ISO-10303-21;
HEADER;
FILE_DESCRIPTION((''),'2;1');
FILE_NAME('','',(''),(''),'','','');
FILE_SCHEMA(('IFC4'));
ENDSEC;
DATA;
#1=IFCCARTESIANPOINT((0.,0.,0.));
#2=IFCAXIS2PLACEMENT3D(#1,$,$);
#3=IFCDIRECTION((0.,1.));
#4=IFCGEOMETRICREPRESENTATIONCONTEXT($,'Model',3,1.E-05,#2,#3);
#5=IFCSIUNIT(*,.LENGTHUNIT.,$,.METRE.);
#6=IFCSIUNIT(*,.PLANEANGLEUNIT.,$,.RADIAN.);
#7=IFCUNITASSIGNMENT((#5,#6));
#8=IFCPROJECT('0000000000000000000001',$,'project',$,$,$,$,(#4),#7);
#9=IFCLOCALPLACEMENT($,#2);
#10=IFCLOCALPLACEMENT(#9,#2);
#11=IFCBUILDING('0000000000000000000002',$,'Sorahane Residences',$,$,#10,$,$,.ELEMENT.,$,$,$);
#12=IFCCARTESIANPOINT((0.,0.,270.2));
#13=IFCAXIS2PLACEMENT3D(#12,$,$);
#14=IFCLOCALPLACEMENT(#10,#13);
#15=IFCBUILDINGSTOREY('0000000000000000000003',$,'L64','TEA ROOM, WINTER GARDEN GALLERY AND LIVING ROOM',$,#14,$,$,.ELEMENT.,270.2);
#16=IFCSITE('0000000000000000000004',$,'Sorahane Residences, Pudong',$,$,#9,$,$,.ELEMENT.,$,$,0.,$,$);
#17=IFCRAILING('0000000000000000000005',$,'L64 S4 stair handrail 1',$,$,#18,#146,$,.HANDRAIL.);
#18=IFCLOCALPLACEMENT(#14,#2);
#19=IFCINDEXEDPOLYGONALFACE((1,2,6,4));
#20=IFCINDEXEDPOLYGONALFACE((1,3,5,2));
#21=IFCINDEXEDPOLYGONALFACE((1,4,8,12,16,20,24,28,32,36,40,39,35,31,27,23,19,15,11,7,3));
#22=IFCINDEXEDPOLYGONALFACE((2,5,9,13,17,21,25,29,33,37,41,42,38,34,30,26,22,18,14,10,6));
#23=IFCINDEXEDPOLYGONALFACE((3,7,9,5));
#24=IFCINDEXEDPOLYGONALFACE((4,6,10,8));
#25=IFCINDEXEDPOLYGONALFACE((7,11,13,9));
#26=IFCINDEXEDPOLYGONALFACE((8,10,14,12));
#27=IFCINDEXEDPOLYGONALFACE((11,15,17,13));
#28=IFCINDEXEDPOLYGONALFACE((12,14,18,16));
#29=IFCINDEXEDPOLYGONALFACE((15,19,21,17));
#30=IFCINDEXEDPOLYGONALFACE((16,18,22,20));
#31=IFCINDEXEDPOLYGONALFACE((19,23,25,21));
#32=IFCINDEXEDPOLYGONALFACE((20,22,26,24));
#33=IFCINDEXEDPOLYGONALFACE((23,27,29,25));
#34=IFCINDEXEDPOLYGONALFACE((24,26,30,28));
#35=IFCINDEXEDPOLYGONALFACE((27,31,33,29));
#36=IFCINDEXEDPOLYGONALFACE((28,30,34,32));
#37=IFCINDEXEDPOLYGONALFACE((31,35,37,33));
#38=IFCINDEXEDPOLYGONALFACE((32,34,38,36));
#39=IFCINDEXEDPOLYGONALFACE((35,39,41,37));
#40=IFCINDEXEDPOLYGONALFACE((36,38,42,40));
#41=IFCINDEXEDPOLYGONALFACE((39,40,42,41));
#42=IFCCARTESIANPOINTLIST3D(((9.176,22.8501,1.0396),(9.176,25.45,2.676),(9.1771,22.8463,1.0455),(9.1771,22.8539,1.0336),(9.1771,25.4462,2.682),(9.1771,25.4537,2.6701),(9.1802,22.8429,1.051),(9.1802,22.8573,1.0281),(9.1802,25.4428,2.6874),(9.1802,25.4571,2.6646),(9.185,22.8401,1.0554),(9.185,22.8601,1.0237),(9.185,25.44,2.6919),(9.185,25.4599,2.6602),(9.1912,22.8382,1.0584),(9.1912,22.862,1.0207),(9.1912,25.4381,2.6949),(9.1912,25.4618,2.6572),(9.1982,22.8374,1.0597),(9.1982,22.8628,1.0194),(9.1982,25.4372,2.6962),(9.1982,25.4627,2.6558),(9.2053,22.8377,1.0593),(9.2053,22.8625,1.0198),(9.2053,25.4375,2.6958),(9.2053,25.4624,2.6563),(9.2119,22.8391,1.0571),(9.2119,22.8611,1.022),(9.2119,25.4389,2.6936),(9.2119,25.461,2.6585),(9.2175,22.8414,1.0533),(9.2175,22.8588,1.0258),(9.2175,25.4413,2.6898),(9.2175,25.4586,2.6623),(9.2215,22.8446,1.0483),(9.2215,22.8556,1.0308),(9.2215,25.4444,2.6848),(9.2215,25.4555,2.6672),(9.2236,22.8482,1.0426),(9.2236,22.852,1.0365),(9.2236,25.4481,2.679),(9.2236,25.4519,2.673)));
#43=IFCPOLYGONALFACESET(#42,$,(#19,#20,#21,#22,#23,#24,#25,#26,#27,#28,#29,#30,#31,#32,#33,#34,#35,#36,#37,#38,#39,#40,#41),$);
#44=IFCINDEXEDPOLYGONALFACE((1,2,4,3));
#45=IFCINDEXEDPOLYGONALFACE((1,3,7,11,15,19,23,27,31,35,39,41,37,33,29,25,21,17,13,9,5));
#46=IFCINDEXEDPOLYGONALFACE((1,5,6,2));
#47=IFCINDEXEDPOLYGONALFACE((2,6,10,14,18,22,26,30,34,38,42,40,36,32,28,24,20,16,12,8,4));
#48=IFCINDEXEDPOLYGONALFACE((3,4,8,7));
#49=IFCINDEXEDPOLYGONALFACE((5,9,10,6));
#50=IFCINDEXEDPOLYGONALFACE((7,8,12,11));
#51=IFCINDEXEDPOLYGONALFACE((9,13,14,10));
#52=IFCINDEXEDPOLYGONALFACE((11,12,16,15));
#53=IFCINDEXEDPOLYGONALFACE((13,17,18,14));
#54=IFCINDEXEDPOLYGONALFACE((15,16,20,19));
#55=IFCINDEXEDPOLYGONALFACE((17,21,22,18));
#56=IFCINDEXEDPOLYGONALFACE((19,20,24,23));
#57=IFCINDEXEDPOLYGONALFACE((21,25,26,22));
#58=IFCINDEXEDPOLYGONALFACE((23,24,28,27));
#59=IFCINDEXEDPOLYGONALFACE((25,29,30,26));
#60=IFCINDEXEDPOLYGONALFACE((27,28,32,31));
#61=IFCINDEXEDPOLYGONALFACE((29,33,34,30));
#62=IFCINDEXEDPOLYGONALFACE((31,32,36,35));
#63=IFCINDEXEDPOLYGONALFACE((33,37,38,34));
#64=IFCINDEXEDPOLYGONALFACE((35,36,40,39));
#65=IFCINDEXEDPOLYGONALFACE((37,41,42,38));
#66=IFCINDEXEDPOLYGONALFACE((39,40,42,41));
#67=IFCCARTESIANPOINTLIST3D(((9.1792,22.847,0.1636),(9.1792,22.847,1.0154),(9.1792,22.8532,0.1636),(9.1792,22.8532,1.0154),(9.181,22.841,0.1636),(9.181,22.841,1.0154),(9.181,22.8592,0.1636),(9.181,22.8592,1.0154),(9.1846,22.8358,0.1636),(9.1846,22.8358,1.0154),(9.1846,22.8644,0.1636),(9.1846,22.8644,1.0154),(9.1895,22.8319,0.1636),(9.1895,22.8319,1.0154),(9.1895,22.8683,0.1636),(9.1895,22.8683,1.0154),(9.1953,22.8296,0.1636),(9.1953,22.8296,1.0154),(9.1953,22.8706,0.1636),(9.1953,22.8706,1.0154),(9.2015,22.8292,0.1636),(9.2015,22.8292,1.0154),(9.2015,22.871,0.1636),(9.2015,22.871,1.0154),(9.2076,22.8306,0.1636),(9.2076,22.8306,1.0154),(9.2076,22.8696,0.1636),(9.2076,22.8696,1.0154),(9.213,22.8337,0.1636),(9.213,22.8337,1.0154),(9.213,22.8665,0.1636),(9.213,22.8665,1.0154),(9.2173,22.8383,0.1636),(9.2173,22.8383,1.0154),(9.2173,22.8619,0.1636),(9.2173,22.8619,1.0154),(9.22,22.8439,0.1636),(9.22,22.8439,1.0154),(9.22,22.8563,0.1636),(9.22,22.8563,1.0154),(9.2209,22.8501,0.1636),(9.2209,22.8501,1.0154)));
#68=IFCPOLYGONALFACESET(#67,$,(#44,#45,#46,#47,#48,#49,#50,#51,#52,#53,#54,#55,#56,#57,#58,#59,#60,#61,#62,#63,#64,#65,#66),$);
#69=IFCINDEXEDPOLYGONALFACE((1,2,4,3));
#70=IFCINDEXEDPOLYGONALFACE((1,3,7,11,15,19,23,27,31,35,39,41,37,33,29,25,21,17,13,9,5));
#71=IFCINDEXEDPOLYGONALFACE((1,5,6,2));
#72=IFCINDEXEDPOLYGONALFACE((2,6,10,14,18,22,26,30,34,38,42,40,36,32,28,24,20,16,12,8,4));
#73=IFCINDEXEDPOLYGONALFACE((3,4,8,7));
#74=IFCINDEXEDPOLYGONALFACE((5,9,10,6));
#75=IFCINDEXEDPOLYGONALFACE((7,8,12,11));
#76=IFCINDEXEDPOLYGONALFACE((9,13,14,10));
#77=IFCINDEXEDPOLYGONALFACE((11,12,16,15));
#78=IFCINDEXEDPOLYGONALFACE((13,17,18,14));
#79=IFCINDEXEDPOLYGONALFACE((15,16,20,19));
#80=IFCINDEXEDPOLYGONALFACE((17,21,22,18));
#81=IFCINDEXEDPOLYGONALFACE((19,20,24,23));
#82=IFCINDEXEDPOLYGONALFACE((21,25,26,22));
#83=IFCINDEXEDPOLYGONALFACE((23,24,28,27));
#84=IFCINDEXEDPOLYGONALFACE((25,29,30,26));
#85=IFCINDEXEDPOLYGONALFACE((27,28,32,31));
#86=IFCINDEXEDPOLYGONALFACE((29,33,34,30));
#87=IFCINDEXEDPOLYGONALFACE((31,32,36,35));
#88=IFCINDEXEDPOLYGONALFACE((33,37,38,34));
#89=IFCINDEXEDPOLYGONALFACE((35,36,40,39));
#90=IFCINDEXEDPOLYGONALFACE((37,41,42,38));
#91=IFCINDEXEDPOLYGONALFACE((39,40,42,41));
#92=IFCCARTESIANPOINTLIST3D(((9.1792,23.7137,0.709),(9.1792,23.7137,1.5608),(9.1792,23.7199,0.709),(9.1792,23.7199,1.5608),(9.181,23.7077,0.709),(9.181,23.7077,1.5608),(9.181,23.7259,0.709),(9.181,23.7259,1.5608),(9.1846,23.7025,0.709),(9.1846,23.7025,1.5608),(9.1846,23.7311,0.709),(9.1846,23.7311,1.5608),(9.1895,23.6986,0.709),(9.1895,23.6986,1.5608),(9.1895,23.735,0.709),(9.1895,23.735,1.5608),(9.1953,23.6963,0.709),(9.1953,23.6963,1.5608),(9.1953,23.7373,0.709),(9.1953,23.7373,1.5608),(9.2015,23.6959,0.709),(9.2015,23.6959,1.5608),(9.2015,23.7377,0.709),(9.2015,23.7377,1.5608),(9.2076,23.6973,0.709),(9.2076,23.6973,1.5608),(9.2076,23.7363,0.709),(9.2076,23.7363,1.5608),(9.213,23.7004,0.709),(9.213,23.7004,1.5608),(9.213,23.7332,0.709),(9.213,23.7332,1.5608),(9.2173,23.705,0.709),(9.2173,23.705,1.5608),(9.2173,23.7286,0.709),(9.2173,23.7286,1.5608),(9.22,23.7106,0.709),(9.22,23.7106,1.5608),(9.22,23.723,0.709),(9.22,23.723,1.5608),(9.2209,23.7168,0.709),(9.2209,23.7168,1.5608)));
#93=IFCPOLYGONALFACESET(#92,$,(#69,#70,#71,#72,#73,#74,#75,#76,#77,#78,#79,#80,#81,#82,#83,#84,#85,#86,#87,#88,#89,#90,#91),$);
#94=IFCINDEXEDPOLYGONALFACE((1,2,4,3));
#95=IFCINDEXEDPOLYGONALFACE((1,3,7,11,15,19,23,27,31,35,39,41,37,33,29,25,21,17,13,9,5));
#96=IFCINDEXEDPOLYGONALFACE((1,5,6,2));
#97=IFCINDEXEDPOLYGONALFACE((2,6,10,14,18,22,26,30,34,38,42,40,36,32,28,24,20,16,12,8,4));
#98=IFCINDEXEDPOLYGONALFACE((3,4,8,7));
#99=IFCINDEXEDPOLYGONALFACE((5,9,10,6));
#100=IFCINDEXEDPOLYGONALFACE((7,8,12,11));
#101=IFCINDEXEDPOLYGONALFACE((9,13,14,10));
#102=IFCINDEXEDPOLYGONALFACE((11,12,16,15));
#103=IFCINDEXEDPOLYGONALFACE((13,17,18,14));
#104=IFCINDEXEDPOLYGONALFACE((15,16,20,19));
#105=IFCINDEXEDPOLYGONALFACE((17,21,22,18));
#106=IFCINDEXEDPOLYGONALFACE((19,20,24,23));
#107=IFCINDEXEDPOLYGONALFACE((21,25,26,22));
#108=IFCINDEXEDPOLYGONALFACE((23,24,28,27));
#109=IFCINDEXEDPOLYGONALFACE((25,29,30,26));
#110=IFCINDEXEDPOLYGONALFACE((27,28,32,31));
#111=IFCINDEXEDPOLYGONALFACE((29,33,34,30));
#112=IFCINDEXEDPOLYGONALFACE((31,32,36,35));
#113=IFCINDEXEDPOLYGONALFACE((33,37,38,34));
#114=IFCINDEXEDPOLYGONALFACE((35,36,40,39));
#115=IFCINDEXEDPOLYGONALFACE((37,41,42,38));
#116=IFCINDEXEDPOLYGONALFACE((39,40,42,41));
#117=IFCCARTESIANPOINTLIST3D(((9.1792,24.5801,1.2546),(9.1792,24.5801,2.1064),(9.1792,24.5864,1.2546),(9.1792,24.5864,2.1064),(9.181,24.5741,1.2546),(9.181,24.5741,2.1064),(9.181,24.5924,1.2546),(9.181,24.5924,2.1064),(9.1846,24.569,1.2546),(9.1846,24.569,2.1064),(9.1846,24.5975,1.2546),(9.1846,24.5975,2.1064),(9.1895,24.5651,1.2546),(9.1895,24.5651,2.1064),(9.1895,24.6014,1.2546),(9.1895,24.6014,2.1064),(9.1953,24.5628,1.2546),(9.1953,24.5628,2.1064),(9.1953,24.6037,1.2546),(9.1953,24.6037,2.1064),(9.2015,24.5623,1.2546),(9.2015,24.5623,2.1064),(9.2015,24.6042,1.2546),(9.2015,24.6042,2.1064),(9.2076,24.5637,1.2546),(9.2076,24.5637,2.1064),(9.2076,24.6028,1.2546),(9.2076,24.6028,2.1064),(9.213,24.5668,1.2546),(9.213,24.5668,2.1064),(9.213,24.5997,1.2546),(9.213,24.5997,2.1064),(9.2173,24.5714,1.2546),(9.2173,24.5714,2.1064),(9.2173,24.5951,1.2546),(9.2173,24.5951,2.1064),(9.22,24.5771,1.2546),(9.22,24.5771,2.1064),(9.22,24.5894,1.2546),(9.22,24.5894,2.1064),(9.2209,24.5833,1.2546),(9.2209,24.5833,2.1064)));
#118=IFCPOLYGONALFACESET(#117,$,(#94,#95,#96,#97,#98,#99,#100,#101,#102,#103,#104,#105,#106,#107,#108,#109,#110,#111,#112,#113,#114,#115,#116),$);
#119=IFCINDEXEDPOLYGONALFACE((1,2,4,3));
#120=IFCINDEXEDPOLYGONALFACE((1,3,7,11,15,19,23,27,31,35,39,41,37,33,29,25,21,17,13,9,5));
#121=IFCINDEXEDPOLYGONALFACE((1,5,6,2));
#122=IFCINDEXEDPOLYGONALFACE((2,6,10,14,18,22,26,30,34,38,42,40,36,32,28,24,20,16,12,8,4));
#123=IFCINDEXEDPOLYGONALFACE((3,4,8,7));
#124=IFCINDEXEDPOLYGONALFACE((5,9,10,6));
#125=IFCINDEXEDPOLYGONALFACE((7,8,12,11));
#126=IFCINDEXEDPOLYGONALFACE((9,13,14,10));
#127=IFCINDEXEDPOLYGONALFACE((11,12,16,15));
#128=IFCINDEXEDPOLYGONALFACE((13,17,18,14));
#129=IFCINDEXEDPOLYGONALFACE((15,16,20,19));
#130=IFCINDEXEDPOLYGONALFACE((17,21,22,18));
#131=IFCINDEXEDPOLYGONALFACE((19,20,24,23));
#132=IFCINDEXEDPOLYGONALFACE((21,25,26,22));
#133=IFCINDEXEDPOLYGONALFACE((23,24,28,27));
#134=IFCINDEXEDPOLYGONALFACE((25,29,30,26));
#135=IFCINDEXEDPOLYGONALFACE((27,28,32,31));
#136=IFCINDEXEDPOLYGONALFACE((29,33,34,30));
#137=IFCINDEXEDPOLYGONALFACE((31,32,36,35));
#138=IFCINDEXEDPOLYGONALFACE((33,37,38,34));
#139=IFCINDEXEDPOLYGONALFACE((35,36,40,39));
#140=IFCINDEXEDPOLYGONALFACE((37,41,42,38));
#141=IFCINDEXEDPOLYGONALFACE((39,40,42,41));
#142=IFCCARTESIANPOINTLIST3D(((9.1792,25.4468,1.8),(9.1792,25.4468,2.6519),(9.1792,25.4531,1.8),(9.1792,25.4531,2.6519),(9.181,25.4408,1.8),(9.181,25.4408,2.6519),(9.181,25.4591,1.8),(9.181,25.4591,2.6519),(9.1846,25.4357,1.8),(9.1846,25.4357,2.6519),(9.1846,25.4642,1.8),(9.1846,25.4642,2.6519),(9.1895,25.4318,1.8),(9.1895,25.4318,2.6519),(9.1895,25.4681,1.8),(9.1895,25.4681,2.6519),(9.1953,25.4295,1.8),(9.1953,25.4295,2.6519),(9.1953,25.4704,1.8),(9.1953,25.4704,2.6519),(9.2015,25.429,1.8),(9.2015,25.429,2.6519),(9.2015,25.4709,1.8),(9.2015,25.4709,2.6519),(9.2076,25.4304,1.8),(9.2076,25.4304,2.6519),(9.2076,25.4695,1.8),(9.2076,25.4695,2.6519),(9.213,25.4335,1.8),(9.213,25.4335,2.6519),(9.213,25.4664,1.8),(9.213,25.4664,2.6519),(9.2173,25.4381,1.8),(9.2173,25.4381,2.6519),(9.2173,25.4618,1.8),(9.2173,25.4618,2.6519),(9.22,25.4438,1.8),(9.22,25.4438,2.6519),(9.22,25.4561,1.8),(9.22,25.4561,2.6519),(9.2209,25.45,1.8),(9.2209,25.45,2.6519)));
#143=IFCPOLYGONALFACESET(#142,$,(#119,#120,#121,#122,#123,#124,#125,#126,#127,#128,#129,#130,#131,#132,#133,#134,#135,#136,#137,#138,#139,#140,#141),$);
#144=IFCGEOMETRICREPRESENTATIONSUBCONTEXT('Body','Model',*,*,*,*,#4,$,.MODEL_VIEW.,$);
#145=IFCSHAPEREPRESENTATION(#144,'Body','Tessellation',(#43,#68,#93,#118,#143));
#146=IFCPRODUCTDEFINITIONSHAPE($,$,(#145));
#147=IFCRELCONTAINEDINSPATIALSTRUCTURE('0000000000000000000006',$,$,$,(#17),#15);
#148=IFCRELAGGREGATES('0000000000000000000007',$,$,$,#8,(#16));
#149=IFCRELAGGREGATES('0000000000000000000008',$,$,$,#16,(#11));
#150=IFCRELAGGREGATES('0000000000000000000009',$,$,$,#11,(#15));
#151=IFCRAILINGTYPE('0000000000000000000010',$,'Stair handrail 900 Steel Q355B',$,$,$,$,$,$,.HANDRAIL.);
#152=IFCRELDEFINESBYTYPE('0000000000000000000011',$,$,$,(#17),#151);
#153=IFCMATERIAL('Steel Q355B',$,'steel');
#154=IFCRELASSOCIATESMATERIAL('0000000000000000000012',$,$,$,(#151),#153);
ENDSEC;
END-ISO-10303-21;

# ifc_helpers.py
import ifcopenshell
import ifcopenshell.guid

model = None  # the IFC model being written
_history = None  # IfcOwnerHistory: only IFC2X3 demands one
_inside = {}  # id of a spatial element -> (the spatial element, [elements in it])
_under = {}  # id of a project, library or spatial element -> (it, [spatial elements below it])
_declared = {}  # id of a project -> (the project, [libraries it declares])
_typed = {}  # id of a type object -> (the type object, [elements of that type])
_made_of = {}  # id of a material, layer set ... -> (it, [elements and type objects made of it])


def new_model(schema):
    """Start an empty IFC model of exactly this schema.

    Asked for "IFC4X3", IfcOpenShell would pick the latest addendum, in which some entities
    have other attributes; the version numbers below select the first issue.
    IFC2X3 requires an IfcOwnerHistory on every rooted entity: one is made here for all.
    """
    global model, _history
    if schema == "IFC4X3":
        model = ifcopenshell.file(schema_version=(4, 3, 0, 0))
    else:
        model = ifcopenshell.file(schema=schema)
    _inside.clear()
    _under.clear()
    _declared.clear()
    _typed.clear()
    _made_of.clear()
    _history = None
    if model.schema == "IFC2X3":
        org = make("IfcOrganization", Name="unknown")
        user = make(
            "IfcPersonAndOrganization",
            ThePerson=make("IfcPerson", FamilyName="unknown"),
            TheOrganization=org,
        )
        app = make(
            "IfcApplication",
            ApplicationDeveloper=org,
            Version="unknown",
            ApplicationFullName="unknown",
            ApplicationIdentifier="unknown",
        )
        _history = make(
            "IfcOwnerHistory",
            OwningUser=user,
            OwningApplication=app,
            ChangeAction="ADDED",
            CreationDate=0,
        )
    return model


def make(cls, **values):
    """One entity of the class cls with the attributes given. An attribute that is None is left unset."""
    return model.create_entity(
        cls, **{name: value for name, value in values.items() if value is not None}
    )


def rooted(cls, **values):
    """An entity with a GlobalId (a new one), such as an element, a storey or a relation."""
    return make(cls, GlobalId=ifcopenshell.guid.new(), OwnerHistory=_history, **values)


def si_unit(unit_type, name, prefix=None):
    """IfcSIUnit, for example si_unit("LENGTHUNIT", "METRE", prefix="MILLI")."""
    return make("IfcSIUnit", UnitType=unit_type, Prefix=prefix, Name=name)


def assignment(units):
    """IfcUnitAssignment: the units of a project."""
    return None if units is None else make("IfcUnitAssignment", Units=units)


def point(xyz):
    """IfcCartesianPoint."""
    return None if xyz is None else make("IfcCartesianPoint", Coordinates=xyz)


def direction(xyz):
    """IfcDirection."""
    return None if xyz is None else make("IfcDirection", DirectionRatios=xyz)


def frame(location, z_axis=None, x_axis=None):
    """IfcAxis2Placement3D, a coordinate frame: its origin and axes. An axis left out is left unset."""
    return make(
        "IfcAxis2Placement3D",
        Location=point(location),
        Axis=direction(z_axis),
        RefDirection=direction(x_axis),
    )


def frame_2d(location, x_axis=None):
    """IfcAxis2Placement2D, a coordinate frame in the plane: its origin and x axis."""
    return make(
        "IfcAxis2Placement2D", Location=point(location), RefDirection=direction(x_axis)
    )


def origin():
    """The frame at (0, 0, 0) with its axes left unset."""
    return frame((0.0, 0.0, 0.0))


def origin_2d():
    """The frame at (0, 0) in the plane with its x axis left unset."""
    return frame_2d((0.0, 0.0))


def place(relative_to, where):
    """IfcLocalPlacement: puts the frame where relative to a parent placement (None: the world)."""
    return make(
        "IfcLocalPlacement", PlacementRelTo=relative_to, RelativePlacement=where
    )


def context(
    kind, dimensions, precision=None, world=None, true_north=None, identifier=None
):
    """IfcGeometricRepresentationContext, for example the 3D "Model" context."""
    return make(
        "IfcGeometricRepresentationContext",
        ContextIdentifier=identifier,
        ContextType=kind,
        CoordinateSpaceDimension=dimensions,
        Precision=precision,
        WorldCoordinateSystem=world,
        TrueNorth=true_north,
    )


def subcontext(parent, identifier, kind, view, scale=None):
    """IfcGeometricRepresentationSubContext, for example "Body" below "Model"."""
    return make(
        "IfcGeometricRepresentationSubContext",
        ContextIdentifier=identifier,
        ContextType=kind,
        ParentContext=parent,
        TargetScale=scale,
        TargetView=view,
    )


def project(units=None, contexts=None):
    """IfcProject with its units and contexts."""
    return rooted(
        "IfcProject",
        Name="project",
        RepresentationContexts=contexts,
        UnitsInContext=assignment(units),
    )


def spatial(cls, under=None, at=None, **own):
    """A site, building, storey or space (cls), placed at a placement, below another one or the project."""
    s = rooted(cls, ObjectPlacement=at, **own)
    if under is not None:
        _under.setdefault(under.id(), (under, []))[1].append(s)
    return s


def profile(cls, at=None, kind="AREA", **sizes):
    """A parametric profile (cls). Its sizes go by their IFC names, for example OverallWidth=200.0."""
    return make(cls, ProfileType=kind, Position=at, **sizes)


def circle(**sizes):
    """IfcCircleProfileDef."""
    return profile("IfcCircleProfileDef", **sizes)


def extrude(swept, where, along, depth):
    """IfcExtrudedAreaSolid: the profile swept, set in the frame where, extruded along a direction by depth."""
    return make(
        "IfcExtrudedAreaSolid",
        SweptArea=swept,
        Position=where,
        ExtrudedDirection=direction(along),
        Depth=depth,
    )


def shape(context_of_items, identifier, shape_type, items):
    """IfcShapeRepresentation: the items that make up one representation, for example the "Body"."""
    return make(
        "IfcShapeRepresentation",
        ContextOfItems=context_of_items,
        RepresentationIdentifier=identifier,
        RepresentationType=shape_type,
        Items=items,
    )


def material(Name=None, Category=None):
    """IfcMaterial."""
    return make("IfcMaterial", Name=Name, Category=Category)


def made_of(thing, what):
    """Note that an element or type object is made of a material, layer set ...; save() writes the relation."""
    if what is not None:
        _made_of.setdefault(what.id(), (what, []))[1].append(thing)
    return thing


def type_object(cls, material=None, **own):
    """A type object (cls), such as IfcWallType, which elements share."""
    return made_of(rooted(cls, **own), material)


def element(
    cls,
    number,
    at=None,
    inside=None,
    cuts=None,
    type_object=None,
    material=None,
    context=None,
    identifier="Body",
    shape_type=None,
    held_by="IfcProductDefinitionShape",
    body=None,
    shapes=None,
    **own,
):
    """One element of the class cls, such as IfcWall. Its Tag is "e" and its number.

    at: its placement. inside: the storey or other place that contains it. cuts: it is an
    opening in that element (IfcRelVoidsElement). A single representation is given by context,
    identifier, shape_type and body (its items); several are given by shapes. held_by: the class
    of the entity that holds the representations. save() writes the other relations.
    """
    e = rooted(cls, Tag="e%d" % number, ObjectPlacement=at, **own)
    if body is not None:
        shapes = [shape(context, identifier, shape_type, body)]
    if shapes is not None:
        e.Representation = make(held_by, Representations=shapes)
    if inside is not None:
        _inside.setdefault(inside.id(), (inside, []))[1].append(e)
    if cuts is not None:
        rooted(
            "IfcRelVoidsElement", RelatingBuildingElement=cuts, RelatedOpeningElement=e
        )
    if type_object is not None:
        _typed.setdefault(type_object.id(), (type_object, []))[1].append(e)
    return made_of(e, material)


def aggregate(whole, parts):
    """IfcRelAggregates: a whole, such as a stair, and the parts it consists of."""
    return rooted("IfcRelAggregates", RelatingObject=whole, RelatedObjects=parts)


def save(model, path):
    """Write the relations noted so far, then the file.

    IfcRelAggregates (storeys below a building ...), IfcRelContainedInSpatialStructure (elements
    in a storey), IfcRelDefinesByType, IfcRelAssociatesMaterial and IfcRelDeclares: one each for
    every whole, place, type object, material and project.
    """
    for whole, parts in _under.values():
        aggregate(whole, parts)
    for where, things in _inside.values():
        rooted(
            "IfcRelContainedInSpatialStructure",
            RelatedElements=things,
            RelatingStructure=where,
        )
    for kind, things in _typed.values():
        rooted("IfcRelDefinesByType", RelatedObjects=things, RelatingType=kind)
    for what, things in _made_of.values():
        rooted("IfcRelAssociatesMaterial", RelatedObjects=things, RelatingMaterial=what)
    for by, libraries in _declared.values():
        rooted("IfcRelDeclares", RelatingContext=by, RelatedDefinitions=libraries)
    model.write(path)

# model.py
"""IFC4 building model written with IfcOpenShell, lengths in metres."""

from ifc_helpers import new_model, si_unit, direction, frame, origin, origin_2d, place, context, subcontext, project, spatial, circle, extrude, material, type_object, element, save


model = new_model("IFC4")

# Units and contexts
model_context = context("Model", 3, precision=1e-05, world=origin(), true_north=direction((0.0, 1.0)))
body_context = subcontext(model_context, "Body", "Model", "MODEL_VIEW")
ifc_project = project(units=[si_unit("LENGTHUNIT", "METRE"), si_unit("PLANEANGLEUNIT", "RADIAN")], contexts=[model_context])

# Site, building, storey
site_placement = place(None, origin())
site = spatial("IfcSite", under=ifc_project, at=site_placement, Name="Sorahane Residences, Pudong", CompositionType="ELEMENT", RefElevation=0.0)
building_placement = place(site_placement, origin())
building = spatial("IfcBuilding", under=site, at=building_placement, Name="Sorahane Residences", CompositionType="ELEMENT")
storey_placement = place(building_placement, frame((0.0, 0.0, 270.2)))
storey = spatial("IfcBuildingStorey", under=building, at=storey_placement, Name="L64", Description="TEA ROOM, WINTER GARDEN GALLERY AND LIVING ROOM", CompositionType="ELEMENT", Elevation=270.2)

# Railing
ifc_material_1 = material(Name="Steel Q355B", Category="steel")
railing_type_1 = type_object("IfcRailingType", Name="Stair handrail 900 Steel Q355B", PredefinedType="HANDRAIL", material=ifc_material_1)
railing_1_placement = place(storey_placement, frame((9.2, 22.8501, 0.1636)))
element("IfcRailing", 1, at=railing_1_placement, inside=storey, type_object=railing_type_1, Name="L64 S4 stair handrail 1", PredefinedType="HANDRAIL", context=body_context, shape_type="SweptSolid", body=[
    extrude(circle(Radius=0.0239, at=origin_2d()), frame((0.0, 0.0, 0.876), z_axis=(0.0, 0.846302, 0.532704), x_axis=(-1.0, 0.0, 0.0)), (0.0, 0.0, 1.0), 3.072),
    extrude(circle(Radius=0.021, at=origin_2d()), origin(), (0.0, 0.0, 1.0), 0.8518),
    extrude(circle(Radius=0.021, at=origin_2d()), frame((0.0, 0.8667, 0.5454)), (0.0, 0.0, 1.0), 0.8518),
    extrude(circle(Radius=0.021, at=origin_2d()), frame((0.0, 1.7332, 1.0911)), (0.0, 0.0, 1.0), 0.8518),
    extrude(circle(Radius=0.021, at=origin_2d()), frame((0.0, 2.5999, 1.6365)), (0.0, 0.0, 1.0), 0.8518),
])

save(model, "model.ifc")
